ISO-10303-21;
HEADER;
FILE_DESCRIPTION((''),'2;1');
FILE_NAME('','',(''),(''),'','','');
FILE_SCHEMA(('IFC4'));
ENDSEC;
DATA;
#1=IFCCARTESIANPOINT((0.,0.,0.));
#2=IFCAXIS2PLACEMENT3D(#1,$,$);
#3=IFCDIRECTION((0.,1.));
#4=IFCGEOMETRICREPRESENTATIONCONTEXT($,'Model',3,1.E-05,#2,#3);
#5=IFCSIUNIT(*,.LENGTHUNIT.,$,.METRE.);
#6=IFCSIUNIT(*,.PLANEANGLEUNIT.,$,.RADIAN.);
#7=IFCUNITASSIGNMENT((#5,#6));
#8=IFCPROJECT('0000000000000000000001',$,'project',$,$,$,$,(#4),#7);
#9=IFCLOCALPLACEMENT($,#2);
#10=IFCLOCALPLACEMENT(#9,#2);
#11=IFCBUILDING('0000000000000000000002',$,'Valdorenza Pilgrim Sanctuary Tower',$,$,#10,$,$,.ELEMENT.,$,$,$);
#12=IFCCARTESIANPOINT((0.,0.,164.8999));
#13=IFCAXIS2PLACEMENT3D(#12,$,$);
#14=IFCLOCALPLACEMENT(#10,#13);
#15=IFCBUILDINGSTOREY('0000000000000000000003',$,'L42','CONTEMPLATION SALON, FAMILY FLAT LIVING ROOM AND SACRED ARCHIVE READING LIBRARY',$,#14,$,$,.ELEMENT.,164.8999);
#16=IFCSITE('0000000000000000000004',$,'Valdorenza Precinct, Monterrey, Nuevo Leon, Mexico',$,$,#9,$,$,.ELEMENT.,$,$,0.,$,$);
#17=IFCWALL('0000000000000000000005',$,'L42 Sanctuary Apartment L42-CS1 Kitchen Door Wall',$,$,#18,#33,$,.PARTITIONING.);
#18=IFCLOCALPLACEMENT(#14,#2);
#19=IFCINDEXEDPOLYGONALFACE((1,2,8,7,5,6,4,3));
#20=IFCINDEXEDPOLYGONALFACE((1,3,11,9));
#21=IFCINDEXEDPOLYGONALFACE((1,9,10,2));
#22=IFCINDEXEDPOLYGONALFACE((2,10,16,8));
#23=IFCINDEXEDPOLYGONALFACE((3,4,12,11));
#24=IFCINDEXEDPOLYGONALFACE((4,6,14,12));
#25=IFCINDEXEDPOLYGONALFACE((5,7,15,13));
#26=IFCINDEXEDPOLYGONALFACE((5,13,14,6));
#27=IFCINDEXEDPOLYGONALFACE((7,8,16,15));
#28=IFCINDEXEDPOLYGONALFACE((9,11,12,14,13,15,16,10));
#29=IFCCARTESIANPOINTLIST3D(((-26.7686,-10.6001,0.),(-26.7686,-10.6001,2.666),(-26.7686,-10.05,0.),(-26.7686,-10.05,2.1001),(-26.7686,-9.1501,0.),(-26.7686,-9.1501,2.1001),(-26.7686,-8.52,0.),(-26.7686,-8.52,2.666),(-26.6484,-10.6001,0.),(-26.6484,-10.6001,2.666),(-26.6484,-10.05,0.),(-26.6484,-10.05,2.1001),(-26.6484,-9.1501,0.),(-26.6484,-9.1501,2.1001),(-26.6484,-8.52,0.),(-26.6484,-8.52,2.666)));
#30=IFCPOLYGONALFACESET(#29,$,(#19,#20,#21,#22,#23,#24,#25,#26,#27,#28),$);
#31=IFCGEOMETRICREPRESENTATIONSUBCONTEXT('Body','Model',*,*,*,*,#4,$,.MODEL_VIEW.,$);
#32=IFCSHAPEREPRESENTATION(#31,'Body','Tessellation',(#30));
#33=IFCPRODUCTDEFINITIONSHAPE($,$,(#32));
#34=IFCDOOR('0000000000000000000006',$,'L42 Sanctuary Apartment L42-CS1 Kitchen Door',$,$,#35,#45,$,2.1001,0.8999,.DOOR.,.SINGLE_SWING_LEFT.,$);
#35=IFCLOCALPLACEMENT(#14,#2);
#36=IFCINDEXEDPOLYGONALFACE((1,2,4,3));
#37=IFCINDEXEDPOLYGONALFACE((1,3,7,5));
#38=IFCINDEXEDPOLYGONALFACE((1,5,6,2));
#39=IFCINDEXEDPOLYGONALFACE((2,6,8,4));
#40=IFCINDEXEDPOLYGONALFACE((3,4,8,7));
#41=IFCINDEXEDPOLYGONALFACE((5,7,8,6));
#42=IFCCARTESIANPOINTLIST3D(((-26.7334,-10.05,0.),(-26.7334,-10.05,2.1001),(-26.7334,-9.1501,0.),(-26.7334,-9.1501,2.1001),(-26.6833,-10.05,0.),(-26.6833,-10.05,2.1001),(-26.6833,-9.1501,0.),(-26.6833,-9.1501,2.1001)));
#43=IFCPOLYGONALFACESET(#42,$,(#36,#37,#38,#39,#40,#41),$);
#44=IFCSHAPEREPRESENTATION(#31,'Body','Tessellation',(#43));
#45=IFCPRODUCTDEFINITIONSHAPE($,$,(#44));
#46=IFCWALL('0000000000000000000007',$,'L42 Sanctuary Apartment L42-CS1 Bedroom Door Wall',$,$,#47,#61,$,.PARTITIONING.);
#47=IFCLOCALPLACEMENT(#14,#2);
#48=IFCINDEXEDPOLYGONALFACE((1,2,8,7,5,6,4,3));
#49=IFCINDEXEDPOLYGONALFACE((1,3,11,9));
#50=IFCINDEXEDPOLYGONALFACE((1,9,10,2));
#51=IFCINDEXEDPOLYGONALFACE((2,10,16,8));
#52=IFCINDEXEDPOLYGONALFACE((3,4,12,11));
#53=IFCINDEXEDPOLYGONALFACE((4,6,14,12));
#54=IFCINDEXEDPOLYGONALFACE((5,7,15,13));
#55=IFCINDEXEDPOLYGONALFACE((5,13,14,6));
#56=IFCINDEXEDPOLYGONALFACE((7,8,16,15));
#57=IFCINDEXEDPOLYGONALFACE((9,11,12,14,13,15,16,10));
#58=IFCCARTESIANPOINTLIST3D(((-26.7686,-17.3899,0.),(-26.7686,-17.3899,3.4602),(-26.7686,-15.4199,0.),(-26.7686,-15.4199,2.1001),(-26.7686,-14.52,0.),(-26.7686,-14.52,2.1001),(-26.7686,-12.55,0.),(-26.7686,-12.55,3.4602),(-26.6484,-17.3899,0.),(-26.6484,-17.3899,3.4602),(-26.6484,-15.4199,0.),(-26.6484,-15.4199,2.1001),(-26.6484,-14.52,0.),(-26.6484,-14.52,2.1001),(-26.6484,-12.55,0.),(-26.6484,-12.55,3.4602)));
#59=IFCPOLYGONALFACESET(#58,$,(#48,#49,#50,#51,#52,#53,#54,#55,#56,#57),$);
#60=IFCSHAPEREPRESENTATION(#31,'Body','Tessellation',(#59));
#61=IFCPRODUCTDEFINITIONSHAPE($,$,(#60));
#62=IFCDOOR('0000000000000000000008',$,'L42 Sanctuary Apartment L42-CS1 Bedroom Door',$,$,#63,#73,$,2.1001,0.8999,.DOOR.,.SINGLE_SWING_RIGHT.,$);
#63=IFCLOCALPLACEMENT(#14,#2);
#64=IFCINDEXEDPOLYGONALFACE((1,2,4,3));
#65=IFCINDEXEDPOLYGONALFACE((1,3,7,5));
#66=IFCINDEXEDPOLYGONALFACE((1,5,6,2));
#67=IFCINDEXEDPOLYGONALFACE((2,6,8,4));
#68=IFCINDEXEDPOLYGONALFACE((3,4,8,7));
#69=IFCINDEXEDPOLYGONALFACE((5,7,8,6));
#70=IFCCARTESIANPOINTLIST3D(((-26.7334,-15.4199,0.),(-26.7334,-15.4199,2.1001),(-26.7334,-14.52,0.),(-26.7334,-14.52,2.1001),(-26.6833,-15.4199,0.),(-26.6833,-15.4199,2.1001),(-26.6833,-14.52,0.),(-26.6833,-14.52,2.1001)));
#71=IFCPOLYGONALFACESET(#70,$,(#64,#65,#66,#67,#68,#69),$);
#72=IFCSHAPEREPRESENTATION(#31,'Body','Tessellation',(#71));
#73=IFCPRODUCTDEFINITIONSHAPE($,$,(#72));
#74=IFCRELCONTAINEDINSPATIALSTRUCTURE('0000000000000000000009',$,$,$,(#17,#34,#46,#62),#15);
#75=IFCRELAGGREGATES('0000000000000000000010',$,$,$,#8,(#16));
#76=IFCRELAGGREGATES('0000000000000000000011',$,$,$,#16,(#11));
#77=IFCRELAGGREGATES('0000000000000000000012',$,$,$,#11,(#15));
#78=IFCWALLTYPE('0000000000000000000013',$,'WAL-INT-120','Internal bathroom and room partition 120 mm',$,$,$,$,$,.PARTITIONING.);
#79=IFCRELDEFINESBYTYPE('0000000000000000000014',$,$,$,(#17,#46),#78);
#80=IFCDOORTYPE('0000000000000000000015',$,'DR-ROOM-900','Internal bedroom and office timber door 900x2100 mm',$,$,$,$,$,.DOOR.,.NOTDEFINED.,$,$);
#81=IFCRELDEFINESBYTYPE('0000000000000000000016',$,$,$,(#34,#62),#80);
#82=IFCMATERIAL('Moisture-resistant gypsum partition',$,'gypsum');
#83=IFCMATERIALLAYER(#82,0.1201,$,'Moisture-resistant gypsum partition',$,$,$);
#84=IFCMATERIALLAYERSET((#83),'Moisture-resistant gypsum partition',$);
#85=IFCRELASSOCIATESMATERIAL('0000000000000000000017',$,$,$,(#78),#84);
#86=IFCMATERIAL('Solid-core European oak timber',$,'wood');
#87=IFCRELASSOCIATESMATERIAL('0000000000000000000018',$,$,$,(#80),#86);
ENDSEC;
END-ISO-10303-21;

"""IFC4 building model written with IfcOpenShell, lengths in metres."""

from ifc_helpers import new_model, si_unit, direction, frame, frame_2d, origin, place, context, subcontext, project, spatial, rectangle, extrude, material, layer, layer_set, type_object, element, fill, save


model = new_model("IFC4")

# Units and contexts
model_context = context("Model", 3, precision=1e-05, world=origin(), true_north=direction((0.0, 1.0)))
body_context = subcontext(model_context, "Body", "Model", "MODEL_VIEW")
ifc_project = project(units=[si_unit("LENGTHUNIT", "METRE"), si_unit("PLANEANGLEUNIT", "RADIAN")], contexts=[model_context])

# Site, building, storey
site_placement = place(None, origin())
site = spatial("IfcSite", under=ifc_project, at=site_placement, Name="Valdorenza Precinct, Monterrey, Nuevo Leon, Mexico", CompositionType="ELEMENT", RefElevation=0.0)
building_placement = place(site_placement, origin())
building = spatial("IfcBuilding", under=site, at=building_placement, Name="Valdorenza Pilgrim Sanctuary Tower", CompositionType="ELEMENT")
storey_placement = place(building_placement, frame((0.0, 0.0, 164.8999)))
storey = spatial("IfcBuildingStorey", under=building, at=storey_placement, Name="L42", Description="CONTEMPLATION SALON, FAMILY FLAT LIVING ROOM AND SACRED ARCHIVE READING LIBRARY", CompositionType="ELEMENT", Elevation=164.8999)

# Shared definitions
ifc_material_1 = material(Name="Moisture-resistant gypsum partition", Category="gypsum")
ifc_layer_1 = layer(ifc_material_1, 0.1201, Name="Moisture-resistant gypsum partition")
ifc_layer_set_1 = layer_set([ifc_layer_1], Name="Moisture-resistant gypsum partition")
wall_type_1 = type_object("IfcWallType", Name="WAL-INT-120", Description="Internal bathroom and room partition 120 mm", PredefinedType="PARTITIONING", material=ifc_layer_set_1)

# Walls, openings, doors
wall_1_placement = place(storey_placement, frame((-26.7085, -10.6001, 0.0), z_axis=(0.0, 0.0, 1.0), x_axis=(0.0, 1.0, 0.0)))
wall_1 = element("IfcWall", 1, at=wall_1_placement, inside=storey, type_object=wall_type_1, Name="L42 Sanctuary Apartment L42-CS1 Kitchen Door Wall", PredefinedType="PARTITIONING", context=body_context, shape_type="SweptSolid", body=[
    extrude(rectangle(XDim=2.0801, YDim=0.1201, at=frame_2d((1.04, 0.0))), origin(), (0.0, 0.0, 1.0), 2.666),
])
opening_1_placement = place(wall_1_placement, frame((0.55, 0.0, 0.0)))
opening_1 = element("IfcOpeningElement", 2, at=opening_1_placement, cuts=wall_1, PredefinedType="OPENING", context=body_context, shape_type="SweptSolid", body=[
    extrude(rectangle(XDim=0.8999, YDim=2.1001, at=frame_2d((0.45, 1.05))), frame((0.0, 0.075, 0.0), z_axis=(0.0, -1.0, 0.0), x_axis=(1.0, 0.0, 0.0)), (0.0, 0.0, 1.0), 0.1499),
])
ifc_material_2 = material(Name="Solid-core European oak timber", Category="wood")
door_type_1 = type_object("IfcDoorType", Name="DR-ROOM-900", Description="Internal bedroom and office timber door 900x2100 mm", OperationType="NOTDEFINED", PredefinedType="DOOR", material=ifc_material_2)
door_1_placement = place(opening_1_placement, origin())
door_1 = element("IfcDoor", 3, at=door_1_placement, inside=storey, type_object=door_type_1, Name="L42 Sanctuary Apartment L42-CS1 Kitchen Door", OperationType="SINGLE_SWING_LEFT", OverallHeight=2.1001, OverallWidth=0.8999, PredefinedType="DOOR", context=body_context, shape_type="SweptSolid", body=[
    extrude(rectangle(XDim=0.8999, YDim=2.1001, at=frame_2d((0.45, 1.05))), frame((0.0, 0.0249, 0.0), z_axis=(0.0, -1.0, 0.0), x_axis=(1.0, 0.0, 0.0)), (0.0, 0.0, 1.0), 0.05),
])
fill(opening_1, door_1)
wall_2_placement = place(storey_placement, frame((-26.7085, -17.3899, 0.0), z_axis=(0.0, 0.0, 1.0), x_axis=(0.0, 1.0, 0.0)))
wall_2 = element("IfcWall", 4, at=wall_2_placement, inside=storey, type_object=wall_type_1, Name="L42 Sanctuary Apartment L42-CS1 Bedroom Door Wall", PredefinedType="PARTITIONING", context=body_context, shape_type="SweptSolid", body=[
    extrude(rectangle(XDim=4.8398, YDim=0.1201, at=frame_2d((2.4199, 0.0))), origin(), (0.0, 0.0, 1.0), 3.4602),
])
opening_2_placement = place(wall_2_placement, frame((1.97, 0.0, 0.0)))
opening_2 = element("IfcOpeningElement", 5, at=opening_2_placement, cuts=wall_2, PredefinedType="OPENING", context=body_context, shape_type="SweptSolid", body=[
    extrude(rectangle(XDim=0.8999, YDim=2.1001, at=frame_2d((0.45, 1.05))), frame((0.0, 0.075, 0.0), z_axis=(0.0, -1.0, 0.0), x_axis=(1.0, 0.0, 0.0)), (0.0, 0.0, 1.0), 0.1499),
])
door_2_placement = place(opening_2_placement, origin())
door_2 = element("IfcDoor", 6, at=door_2_placement, inside=storey, type_object=door_type_1, Name="L42 Sanctuary Apartment L42-CS1 Bedroom Door", OperationType="SINGLE_SWING_RIGHT", OverallHeight=2.1001, OverallWidth=0.8999, PredefinedType="DOOR", context=body_context, shape_type="SweptSolid", body=[
    extrude(rectangle(XDim=0.8999, YDim=2.1001, at=frame_2d((0.45, 1.05))), frame((0.0, 0.0249, 0.0), z_axis=(0.0, -1.0, 0.0), x_axis=(1.0, 0.0, 0.0)), (0.0, 0.0, 1.0), 0.05),
])
fill(opening_2, door_2)

save(model, "model.ifc")
